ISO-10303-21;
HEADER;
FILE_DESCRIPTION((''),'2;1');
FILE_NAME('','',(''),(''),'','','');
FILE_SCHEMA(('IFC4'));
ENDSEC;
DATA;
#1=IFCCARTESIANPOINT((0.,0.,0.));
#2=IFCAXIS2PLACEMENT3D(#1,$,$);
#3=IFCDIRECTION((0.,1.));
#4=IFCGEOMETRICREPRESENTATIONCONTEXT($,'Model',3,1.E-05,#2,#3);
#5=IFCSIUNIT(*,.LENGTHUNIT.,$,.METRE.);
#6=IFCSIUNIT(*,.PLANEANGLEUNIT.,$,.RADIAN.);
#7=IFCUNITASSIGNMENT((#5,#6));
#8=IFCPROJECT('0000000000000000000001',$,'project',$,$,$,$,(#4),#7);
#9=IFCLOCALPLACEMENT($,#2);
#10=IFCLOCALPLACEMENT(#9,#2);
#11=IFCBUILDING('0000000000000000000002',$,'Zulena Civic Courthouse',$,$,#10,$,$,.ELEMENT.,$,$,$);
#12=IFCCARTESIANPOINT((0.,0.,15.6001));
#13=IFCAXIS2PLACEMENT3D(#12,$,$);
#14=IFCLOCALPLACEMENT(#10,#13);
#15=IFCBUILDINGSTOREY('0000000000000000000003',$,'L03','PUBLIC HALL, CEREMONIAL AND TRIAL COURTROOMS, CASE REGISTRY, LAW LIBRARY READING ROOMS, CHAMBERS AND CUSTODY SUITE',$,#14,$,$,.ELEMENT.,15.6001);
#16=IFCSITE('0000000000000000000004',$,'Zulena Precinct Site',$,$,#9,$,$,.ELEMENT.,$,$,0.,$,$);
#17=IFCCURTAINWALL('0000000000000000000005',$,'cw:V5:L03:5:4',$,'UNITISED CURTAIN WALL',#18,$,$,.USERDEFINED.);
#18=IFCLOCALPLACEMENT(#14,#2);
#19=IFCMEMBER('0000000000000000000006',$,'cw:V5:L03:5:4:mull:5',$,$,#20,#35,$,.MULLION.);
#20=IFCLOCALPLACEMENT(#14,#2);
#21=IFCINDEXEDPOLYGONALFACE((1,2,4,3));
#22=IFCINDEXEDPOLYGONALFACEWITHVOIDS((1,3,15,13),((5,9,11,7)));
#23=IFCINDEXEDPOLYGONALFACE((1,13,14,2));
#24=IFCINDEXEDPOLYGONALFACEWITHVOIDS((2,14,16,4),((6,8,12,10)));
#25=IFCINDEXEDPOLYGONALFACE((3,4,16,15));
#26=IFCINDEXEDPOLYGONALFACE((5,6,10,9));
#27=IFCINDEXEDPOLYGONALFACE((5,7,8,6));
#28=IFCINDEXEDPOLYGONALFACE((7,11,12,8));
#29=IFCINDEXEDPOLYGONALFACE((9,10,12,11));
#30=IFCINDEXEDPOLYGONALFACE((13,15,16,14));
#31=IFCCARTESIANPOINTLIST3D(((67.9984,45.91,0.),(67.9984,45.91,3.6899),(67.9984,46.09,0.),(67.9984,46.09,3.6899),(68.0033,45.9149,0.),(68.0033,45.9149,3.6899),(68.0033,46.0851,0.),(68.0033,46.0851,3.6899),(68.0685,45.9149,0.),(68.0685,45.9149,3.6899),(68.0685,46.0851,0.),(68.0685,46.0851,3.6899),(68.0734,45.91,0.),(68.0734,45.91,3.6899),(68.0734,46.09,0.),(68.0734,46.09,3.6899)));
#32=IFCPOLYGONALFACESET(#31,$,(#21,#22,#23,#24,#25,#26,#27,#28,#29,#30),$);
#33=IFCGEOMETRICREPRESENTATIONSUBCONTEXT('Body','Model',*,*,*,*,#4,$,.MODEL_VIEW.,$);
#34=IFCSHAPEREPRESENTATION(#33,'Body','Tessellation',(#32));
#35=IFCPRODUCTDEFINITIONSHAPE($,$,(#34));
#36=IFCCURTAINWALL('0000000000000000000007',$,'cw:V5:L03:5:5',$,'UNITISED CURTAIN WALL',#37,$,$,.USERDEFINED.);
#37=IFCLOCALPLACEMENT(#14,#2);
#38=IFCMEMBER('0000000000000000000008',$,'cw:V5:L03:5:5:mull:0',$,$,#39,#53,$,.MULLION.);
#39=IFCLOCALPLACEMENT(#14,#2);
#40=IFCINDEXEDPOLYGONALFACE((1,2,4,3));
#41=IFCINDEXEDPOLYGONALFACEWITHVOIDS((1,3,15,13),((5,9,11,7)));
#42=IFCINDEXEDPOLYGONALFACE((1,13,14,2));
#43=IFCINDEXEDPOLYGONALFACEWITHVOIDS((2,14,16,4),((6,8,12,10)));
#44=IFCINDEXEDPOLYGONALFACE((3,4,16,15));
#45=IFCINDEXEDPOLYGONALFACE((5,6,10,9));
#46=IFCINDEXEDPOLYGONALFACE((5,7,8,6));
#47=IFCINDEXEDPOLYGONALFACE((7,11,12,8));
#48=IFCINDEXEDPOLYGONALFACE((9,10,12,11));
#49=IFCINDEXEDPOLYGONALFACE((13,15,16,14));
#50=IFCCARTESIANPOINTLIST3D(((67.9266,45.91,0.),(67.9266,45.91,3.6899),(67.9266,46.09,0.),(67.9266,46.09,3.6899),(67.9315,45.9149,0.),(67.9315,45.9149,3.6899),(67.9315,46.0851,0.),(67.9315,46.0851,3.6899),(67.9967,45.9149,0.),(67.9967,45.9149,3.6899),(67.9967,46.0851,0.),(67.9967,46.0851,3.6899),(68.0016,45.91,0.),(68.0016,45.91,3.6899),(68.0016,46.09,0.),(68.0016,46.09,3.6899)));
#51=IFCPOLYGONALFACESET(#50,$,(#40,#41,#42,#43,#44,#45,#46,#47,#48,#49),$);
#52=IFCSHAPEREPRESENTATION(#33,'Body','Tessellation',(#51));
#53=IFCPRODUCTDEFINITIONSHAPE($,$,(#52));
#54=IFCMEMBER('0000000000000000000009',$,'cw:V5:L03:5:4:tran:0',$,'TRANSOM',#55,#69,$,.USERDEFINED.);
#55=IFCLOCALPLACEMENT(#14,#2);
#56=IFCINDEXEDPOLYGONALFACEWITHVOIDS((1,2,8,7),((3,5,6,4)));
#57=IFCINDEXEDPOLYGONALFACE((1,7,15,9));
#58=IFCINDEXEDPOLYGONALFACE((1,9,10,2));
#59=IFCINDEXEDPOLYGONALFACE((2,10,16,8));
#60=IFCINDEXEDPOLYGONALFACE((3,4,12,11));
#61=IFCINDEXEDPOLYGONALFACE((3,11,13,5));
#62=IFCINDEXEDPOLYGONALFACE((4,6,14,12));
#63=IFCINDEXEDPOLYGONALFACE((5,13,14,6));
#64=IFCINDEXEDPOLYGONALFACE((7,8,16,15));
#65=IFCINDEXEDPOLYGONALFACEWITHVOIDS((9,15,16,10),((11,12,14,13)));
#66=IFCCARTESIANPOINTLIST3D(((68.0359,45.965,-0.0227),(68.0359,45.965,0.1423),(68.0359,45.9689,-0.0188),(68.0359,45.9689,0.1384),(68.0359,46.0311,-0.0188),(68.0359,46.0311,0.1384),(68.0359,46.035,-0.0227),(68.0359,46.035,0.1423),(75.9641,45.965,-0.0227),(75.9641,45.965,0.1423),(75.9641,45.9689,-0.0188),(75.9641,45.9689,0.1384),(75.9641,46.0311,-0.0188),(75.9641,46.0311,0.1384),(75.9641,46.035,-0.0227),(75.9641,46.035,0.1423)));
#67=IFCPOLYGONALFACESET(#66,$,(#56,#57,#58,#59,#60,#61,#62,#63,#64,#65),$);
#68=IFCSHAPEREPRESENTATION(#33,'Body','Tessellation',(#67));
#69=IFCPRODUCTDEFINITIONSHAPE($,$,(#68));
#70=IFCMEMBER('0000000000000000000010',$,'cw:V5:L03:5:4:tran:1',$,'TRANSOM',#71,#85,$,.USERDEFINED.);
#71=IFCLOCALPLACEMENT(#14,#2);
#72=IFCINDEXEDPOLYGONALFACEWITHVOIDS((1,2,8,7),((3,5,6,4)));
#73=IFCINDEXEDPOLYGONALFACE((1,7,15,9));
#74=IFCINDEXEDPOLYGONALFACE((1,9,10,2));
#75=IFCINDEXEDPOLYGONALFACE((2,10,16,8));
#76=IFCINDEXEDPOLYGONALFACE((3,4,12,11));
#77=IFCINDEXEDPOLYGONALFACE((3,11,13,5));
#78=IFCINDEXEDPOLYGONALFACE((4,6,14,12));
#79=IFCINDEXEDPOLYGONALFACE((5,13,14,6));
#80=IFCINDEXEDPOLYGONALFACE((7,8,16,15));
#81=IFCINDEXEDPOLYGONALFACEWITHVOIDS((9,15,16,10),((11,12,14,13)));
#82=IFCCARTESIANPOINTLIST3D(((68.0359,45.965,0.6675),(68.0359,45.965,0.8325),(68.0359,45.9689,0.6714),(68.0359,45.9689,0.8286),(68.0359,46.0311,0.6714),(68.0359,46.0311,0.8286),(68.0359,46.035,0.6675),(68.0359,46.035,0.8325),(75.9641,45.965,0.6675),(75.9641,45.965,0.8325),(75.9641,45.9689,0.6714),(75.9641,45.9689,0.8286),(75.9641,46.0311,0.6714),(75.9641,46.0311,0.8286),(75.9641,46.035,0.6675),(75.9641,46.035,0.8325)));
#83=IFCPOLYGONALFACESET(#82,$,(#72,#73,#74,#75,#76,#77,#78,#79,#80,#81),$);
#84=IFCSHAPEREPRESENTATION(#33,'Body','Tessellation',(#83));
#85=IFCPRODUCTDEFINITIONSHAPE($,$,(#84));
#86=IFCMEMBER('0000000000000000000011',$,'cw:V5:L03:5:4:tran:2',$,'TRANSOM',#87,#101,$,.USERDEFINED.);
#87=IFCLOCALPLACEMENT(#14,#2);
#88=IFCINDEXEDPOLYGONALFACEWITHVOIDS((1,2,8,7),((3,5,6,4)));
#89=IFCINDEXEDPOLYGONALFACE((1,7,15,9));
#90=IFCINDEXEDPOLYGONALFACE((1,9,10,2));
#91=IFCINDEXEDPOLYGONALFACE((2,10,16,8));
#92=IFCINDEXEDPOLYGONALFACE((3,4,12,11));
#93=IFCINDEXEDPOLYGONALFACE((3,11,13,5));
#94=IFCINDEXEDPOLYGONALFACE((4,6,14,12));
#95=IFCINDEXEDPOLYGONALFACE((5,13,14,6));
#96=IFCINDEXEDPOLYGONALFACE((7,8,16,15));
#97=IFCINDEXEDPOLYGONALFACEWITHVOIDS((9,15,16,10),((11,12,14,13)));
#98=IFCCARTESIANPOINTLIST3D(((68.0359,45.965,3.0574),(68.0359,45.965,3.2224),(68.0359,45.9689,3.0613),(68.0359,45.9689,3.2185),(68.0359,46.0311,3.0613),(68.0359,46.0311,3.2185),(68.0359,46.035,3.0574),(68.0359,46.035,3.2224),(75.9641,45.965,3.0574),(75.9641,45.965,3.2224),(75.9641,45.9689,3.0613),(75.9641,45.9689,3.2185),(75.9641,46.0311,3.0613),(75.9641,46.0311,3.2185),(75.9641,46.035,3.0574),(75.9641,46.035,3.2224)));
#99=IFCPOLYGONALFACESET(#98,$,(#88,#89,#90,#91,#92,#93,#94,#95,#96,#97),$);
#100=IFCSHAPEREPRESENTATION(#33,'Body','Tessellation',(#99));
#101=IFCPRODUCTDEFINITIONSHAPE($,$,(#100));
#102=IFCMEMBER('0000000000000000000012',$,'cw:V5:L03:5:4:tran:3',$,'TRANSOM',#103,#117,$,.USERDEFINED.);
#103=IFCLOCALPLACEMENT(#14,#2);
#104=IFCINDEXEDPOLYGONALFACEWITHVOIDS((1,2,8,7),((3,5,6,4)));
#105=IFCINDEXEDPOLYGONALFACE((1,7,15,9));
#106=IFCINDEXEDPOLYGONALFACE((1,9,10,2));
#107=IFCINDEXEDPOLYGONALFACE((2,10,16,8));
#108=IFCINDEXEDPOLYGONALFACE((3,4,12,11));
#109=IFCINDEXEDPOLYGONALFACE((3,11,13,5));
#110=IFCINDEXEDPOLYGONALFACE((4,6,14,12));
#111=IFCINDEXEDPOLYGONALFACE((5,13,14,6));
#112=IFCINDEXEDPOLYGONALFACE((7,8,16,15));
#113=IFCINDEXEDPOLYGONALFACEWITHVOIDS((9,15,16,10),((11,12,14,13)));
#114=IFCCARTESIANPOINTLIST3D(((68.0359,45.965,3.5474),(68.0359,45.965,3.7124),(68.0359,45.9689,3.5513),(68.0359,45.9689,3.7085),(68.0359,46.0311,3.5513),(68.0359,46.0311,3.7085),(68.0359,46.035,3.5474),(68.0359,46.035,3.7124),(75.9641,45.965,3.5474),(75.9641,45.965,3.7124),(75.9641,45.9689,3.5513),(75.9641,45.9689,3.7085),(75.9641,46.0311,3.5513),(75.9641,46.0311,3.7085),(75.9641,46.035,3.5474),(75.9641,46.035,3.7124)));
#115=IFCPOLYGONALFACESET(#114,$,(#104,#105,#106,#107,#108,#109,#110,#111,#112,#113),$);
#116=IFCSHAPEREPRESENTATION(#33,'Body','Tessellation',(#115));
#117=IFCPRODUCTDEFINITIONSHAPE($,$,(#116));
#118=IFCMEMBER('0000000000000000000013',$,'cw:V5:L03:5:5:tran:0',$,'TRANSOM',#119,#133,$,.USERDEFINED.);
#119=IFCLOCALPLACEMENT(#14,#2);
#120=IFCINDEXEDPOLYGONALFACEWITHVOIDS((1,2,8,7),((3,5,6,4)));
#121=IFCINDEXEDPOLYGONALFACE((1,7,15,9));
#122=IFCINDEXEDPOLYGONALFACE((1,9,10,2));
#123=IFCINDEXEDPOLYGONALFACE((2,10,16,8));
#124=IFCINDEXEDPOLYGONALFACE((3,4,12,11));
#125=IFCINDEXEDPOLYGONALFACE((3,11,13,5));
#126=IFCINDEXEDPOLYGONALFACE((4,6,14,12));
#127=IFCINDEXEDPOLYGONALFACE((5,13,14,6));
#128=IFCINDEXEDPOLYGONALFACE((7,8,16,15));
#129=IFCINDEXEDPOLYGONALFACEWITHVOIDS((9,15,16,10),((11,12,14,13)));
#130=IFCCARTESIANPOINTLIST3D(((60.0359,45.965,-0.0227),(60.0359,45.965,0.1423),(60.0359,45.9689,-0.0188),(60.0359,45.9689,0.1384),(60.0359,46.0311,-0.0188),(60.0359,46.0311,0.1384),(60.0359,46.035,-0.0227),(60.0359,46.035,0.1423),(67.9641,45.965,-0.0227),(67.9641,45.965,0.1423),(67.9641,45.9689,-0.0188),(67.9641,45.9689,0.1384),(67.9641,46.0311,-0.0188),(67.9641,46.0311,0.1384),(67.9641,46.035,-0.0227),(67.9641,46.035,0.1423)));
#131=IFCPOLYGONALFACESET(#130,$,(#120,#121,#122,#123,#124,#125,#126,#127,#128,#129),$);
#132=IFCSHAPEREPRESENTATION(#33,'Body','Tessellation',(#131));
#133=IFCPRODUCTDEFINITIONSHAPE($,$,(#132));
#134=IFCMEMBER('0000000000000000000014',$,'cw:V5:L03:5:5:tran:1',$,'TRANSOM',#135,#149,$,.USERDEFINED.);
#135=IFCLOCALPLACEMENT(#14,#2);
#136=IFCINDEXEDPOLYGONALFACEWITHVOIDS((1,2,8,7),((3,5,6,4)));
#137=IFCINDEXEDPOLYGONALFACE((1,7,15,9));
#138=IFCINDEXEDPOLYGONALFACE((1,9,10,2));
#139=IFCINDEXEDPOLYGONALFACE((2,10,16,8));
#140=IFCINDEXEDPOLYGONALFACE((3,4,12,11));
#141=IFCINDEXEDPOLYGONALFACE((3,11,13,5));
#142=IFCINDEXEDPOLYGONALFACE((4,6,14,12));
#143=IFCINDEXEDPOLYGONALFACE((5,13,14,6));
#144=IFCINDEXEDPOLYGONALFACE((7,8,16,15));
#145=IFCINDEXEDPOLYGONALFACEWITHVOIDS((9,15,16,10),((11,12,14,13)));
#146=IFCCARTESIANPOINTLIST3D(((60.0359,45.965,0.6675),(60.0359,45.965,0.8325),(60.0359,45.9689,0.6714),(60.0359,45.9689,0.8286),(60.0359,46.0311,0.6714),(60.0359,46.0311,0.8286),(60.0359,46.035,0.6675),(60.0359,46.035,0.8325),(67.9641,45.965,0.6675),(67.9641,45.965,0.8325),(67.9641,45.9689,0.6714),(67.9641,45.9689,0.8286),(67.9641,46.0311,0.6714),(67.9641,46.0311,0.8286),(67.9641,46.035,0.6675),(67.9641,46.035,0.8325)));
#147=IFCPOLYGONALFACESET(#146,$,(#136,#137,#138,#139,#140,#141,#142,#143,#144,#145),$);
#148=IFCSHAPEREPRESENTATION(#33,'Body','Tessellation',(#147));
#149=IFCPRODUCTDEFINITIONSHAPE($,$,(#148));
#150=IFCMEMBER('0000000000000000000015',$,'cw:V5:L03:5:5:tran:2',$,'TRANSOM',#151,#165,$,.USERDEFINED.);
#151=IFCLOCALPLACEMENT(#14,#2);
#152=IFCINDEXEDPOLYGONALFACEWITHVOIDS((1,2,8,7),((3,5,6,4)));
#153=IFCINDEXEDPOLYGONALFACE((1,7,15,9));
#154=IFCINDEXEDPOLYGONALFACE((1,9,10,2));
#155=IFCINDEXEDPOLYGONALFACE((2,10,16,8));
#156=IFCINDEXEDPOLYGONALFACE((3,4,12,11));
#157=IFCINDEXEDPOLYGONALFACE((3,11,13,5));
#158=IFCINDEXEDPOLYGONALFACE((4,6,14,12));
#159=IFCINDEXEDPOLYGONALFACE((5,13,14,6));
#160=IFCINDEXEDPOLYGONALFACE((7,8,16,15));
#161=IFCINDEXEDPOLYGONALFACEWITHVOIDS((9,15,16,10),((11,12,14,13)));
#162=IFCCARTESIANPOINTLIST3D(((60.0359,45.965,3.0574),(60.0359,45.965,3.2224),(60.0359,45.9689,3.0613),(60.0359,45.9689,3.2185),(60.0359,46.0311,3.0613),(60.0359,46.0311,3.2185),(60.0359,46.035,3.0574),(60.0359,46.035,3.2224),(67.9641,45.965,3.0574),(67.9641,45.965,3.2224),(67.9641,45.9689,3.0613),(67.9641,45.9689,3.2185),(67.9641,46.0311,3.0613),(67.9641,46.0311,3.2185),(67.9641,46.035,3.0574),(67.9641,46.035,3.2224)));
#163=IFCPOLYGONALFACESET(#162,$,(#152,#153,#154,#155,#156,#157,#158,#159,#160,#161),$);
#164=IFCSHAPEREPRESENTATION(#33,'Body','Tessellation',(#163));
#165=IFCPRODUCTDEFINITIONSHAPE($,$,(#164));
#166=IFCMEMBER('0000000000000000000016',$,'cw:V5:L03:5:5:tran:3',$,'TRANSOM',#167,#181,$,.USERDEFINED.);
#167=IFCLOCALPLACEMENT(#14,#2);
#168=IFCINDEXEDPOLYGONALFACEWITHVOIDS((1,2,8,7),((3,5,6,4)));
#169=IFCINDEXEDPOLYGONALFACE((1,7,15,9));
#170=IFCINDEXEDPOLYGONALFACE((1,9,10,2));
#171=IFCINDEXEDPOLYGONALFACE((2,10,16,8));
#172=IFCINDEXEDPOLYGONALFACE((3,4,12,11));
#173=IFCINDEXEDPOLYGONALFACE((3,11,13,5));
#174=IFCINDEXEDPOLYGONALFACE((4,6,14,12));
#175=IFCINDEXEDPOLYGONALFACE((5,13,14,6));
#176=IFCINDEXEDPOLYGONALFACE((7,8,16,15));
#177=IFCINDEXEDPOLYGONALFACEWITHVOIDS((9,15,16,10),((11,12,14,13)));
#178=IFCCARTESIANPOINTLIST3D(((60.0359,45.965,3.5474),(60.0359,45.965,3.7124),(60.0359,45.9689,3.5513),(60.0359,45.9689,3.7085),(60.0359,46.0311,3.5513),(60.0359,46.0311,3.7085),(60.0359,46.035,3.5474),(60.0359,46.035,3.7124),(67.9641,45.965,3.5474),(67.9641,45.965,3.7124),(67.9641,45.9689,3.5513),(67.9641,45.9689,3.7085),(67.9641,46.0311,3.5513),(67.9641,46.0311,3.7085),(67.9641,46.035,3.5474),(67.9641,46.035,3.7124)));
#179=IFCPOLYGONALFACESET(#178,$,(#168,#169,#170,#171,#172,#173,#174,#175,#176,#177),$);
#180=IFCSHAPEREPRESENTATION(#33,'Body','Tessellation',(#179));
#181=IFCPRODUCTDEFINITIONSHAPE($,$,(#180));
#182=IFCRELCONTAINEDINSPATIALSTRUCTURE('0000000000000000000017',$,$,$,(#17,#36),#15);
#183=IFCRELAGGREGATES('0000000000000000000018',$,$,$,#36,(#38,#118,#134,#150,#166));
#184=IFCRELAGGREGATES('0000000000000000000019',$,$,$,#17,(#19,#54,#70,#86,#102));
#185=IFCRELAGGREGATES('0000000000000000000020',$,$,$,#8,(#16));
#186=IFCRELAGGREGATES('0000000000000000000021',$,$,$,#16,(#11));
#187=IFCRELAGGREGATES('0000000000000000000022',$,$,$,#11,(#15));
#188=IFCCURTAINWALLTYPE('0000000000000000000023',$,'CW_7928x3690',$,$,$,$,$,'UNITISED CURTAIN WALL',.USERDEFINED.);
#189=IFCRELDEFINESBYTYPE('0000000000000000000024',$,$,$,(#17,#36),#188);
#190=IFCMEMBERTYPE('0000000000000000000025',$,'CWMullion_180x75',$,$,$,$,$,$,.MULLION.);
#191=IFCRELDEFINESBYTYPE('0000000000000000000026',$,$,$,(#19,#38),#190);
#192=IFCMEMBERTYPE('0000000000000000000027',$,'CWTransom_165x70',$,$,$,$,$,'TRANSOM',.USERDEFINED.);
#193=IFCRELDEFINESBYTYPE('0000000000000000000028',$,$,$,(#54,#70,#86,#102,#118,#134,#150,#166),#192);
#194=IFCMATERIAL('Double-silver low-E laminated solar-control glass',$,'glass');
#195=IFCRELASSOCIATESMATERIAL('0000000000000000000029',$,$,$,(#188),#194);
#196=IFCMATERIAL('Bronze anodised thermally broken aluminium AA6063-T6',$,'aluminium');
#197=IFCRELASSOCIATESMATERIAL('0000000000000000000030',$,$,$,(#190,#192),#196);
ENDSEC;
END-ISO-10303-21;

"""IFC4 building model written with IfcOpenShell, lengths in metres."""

from ifc_helpers import new_model, si_unit, direction, frame, origin, origin_2d, place, context, subcontext, project, spatial, hollow_rectangle, extrude, material, material_profile, profile_set, type_object, element, aggregate, save


model = new_model("IFC4")

# Units and contexts
model_context = context("Model", 3, precision=1e-05, world=origin(), true_north=direction((0.0, 1.0)))
body_context = subcontext(model_context, "Body", "Model", "MODEL_VIEW")
ifc_project = project(units=[si_unit("LENGTHUNIT", "METRE"), si_unit("PLANEANGLEUNIT", "RADIAN")], contexts=[model_context])

# Site, building, storey
site_placement = place(None, origin())
site = spatial("IfcSite", under=ifc_project, at=site_placement, Name="Zulena Precinct Site", CompositionType="ELEMENT", RefElevation=0.0)
building_placement = place(site_placement, origin())
building = spatial("IfcBuilding", under=site, at=building_placement, Name="Zulena Civic Courthouse", CompositionType="ELEMENT")
storey_placement = place(building_placement, frame((0.0, 0.0, 15.6001)))
storey = spatial("IfcBuildingStorey", under=building, at=storey_placement, Name="L03", Description="PUBLIC HALL, CEREMONIAL AND TRIAL COURTROOMS, CASE REGISTRY, LAW LIBRARY READING ROOMS, CHAMBERS AND CUSTODY SUITE", CompositionType="ELEMENT", Elevation=15.6001)

# Curtain wall, member
ifc_material_1 = material(Name="Double-silver low-E laminated solar-control glass", Category="glass")
curtain_wall_type = type_object("IfcCurtainWallType", Name="CW_7928x3690", ElementType="UNITISED CURTAIN WALL", PredefinedType="USERDEFINED", material=ifc_material_1)
curtain_wall_1_placement = place(storey_placement, origin())
curtain_wall_1 = element("IfcCurtainWall", 1, at=curtain_wall_1_placement, inside=storey, type_object=curtain_wall_type, Name="cw:V5:L03:5:4", ObjectType="UNITISED CURTAIN WALL", PredefinedType="USERDEFINED")
ifc_material_2 = material(Name="Bronze anodised thermally broken aluminium AA6063-T6", Category="aluminium")
ifc_material_profile_1 = material_profile(ifc_material_2, hollow_rectangle(XDim=0.075, YDim=0.1799, WallThickness=0.0049, at=origin_2d()), Name="CWM180X75X5")
ifc_profile_set_1 = profile_set([ifc_material_profile_1], Name="Bronze anodised thermally broken aluminium AA6063-T6")
member_type_1 = type_object("IfcMemberType", Name="CWMullion_180x75", PredefinedType="MULLION", material=ifc_profile_set_1)
member_1_placement = place(storey_placement, frame((68.0359, 46.0, 0.0), z_axis=(0.0, 0.0, 1.0), x_axis=(1.0, 0.0, 0.0)))
member_1 = element("IfcMember", 2, at=member_1_placement, type_object=member_type_1, Name="cw:V5:L03:5:4:mull:5", PredefinedType="MULLION", context=body_context, shape_type="SweptSolid", body=[
    extrude(hollow_rectangle(XDim=0.075, YDim=0.1799, WallThickness=0.0049, at=origin_2d()), origin(), (0.0, 0.0, 1.0), 3.6899),
])

# Curtain wall, member
curtain_wall_2_placement = place(storey_placement, origin())
curtain_wall_2 = element("IfcCurtainWall", 3, at=curtain_wall_2_placement, inside=storey, type_object=curtain_wall_type, Name="cw:V5:L03:5:5", ObjectType="UNITISED CURTAIN WALL", PredefinedType="USERDEFINED")
member_2_placement = place(storey_placement, frame((67.9641, 46.0, 0.0), z_axis=(0.0, 0.0, 1.0), x_axis=(1.0, 0.0, 0.0)))
member_2 = element("IfcMember", 4, at=member_2_placement, type_object=member_type_1, Name="cw:V5:L03:5:5:mull:0", PredefinedType="MULLION", context=body_context, shape_type="SweptSolid", body=[
    extrude(hollow_rectangle(XDim=0.075, YDim=0.1799, WallThickness=0.0049, at=origin_2d()), origin(), (0.0, 0.0, 1.0), 3.6899),
])

# Members
ifc_material_profile_2 = material_profile(ifc_material_2, hollow_rectangle(XDim=0.0701, YDim=0.165, WallThickness=0.0039, at=origin_2d()), Name="CWT165X70X4")
ifc_profile_set_2 = profile_set([ifc_material_profile_2], Name="Bronze anodised thermally broken aluminium AA6063-T6")
member_type_2 = type_object("IfcMemberType", Name="CWTransom_165x70", ElementType="TRANSOM", PredefinedType="USERDEFINED", material=ifc_profile_set_2)
member_3_placement = place(storey_placement, frame((75.9641, 46.0, 0.0598), z_axis=(-1.0, 0.0, 0.0), x_axis=(0.0, -1.0, 0.0)))
member_3 = element("IfcMember", 5, at=member_3_placement, type_object=member_type_2, Name="cw:V5:L03:5:4:tran:0", ObjectType="TRANSOM", PredefinedType="USERDEFINED", context=body_context, shape_type="SweptSolid", body=[
    extrude(hollow_rectangle(XDim=0.0701, YDim=0.165, WallThickness=0.0039, at=origin_2d()), origin(), (0.0, 0.0, 1.0), 7.9282),
])
member_4_placement = place(storey_placement, frame((75.9641, 46.0, 0.75), z_axis=(-1.0, 0.0, 0.0), x_axis=(0.0, -1.0, 0.0)))
member_4 = element("IfcMember", 6, at=member_4_placement, type_object=member_type_2, Name="cw:V5:L03:5:4:tran:1", ObjectType="TRANSOM", PredefinedType="USERDEFINED", context=body_context, shape_type="SweptSolid", body=[
    extrude(hollow_rectangle(XDim=0.0701, YDim=0.165, WallThickness=0.0039, at=origin_2d()), origin(), (0.0, 0.0, 1.0), 7.9282),
])
member_5_placement = place(storey_placement, frame((75.9641, 46.0, 3.1399), z_axis=(-1.0, 0.0, 0.0), x_axis=(0.0, -1.0, 0.0)))
member_5 = element("IfcMember", 7, at=member_5_placement, type_object=member_type_2, Name="cw:V5:L03:5:4:tran:2", ObjectType="TRANSOM", PredefinedType="USERDEFINED", context=body_context, shape_type="SweptSolid", body=[
    extrude(hollow_rectangle(XDim=0.0701, YDim=0.165, WallThickness=0.0039, at=origin_2d()), origin(), (0.0, 0.0, 1.0), 7.9282),
])
member_6_placement = place(storey_placement, frame((75.9641, 46.0, 3.6299), z_axis=(-1.0, 0.0, 0.0), x_axis=(0.0, -1.0, 0.0)))
member_6 = element("IfcMember", 8, at=member_6_placement, type_object=member_type_2, Name="cw:V5:L03:5:4:tran:3", ObjectType="TRANSOM", PredefinedType="USERDEFINED", context=body_context, shape_type="SweptSolid", body=[
    extrude(hollow_rectangle(XDim=0.0701, YDim=0.165, WallThickness=0.0039, at=origin_2d()), origin(), (0.0, 0.0, 1.0), 7.9282),
])
member_7_placement = place(storey_placement, frame((67.9641, 46.0, 0.0598), z_axis=(-1.0, 0.0, 0.0), x_axis=(0.0, -1.0, 0.0)))
member_7 = element("IfcMember", 9, at=member_7_placement, type_object=member_type_2, Name="cw:V5:L03:5:5:tran:0", ObjectType="TRANSOM", PredefinedType="USERDEFINED", context=body_context, shape_type="SweptSolid", body=[
    extrude(hollow_rectangle(XDim=0.0701, YDim=0.165, WallThickness=0.0039, at=origin_2d()), origin(), (0.0, 0.0, 1.0), 7.9282),
])
member_8_placement = place(storey_placement, frame((67.9641, 46.0, 0.75), z_axis=(-1.0, 0.0, 0.0), x_axis=(0.0, -1.0, 0.0)))
member_8 = element("IfcMember", 10, at=member_8_placement, type_object=member_type_2, Name="cw:V5:L03:5:5:tran:1", ObjectType="TRANSOM", PredefinedType="USERDEFINED", context=body_context, shape_type="SweptSolid", body=[
    extrude(hollow_rectangle(XDim=0.0701, YDim=0.165, WallThickness=0.0039, at=origin_2d()), origin(), (0.0, 0.0, 1.0), 7.9282),
])
member_9_placement = place(storey_placement, frame((67.9641, 46.0, 3.1399), z_axis=(-1.0, 0.0, 0.0), x_axis=(0.0, -1.0, 0.0)))
member_9 = element("IfcMember", 11, at=member_9_placement, type_object=member_type_2, Name="cw:V5:L03:5:5:tran:2", ObjectType="TRANSOM", PredefinedType="USERDEFINED", context=body_context, shape_type="SweptSolid", body=[
    extrude(hollow_rectangle(XDim=0.0701, YDim=0.165, WallThickness=0.0039, at=origin_2d()), origin(), (0.0, 0.0, 1.0), 7.9282),
])
member_10_placement = place(storey_placement, frame((67.9641, 46.0, 3.6299), z_axis=(-1.0, 0.0, 0.0), x_axis=(0.0, -1.0, 0.0)))
member_10 = element("IfcMember", 12, at=member_10_placement, type_object=member_type_2, Name="cw:V5:L03:5:5:tran:3", ObjectType="TRANSOM", PredefinedType="USERDEFINED", context=body_context, shape_type="SweptSolid", body=[
    extrude(hollow_rectangle(XDim=0.0701, YDim=0.165, WallThickness=0.0039, at=origin_2d()), origin(), (0.0, 0.0, 1.0), 7.9282),
])
aggregate(curtain_wall_2, [member_2, member_7, member_8, member_9, member_10])

aggregate(curtain_wall_1, [member_1, member_3, member_4, member_5, member_6])

save(model, "model.ifc")
